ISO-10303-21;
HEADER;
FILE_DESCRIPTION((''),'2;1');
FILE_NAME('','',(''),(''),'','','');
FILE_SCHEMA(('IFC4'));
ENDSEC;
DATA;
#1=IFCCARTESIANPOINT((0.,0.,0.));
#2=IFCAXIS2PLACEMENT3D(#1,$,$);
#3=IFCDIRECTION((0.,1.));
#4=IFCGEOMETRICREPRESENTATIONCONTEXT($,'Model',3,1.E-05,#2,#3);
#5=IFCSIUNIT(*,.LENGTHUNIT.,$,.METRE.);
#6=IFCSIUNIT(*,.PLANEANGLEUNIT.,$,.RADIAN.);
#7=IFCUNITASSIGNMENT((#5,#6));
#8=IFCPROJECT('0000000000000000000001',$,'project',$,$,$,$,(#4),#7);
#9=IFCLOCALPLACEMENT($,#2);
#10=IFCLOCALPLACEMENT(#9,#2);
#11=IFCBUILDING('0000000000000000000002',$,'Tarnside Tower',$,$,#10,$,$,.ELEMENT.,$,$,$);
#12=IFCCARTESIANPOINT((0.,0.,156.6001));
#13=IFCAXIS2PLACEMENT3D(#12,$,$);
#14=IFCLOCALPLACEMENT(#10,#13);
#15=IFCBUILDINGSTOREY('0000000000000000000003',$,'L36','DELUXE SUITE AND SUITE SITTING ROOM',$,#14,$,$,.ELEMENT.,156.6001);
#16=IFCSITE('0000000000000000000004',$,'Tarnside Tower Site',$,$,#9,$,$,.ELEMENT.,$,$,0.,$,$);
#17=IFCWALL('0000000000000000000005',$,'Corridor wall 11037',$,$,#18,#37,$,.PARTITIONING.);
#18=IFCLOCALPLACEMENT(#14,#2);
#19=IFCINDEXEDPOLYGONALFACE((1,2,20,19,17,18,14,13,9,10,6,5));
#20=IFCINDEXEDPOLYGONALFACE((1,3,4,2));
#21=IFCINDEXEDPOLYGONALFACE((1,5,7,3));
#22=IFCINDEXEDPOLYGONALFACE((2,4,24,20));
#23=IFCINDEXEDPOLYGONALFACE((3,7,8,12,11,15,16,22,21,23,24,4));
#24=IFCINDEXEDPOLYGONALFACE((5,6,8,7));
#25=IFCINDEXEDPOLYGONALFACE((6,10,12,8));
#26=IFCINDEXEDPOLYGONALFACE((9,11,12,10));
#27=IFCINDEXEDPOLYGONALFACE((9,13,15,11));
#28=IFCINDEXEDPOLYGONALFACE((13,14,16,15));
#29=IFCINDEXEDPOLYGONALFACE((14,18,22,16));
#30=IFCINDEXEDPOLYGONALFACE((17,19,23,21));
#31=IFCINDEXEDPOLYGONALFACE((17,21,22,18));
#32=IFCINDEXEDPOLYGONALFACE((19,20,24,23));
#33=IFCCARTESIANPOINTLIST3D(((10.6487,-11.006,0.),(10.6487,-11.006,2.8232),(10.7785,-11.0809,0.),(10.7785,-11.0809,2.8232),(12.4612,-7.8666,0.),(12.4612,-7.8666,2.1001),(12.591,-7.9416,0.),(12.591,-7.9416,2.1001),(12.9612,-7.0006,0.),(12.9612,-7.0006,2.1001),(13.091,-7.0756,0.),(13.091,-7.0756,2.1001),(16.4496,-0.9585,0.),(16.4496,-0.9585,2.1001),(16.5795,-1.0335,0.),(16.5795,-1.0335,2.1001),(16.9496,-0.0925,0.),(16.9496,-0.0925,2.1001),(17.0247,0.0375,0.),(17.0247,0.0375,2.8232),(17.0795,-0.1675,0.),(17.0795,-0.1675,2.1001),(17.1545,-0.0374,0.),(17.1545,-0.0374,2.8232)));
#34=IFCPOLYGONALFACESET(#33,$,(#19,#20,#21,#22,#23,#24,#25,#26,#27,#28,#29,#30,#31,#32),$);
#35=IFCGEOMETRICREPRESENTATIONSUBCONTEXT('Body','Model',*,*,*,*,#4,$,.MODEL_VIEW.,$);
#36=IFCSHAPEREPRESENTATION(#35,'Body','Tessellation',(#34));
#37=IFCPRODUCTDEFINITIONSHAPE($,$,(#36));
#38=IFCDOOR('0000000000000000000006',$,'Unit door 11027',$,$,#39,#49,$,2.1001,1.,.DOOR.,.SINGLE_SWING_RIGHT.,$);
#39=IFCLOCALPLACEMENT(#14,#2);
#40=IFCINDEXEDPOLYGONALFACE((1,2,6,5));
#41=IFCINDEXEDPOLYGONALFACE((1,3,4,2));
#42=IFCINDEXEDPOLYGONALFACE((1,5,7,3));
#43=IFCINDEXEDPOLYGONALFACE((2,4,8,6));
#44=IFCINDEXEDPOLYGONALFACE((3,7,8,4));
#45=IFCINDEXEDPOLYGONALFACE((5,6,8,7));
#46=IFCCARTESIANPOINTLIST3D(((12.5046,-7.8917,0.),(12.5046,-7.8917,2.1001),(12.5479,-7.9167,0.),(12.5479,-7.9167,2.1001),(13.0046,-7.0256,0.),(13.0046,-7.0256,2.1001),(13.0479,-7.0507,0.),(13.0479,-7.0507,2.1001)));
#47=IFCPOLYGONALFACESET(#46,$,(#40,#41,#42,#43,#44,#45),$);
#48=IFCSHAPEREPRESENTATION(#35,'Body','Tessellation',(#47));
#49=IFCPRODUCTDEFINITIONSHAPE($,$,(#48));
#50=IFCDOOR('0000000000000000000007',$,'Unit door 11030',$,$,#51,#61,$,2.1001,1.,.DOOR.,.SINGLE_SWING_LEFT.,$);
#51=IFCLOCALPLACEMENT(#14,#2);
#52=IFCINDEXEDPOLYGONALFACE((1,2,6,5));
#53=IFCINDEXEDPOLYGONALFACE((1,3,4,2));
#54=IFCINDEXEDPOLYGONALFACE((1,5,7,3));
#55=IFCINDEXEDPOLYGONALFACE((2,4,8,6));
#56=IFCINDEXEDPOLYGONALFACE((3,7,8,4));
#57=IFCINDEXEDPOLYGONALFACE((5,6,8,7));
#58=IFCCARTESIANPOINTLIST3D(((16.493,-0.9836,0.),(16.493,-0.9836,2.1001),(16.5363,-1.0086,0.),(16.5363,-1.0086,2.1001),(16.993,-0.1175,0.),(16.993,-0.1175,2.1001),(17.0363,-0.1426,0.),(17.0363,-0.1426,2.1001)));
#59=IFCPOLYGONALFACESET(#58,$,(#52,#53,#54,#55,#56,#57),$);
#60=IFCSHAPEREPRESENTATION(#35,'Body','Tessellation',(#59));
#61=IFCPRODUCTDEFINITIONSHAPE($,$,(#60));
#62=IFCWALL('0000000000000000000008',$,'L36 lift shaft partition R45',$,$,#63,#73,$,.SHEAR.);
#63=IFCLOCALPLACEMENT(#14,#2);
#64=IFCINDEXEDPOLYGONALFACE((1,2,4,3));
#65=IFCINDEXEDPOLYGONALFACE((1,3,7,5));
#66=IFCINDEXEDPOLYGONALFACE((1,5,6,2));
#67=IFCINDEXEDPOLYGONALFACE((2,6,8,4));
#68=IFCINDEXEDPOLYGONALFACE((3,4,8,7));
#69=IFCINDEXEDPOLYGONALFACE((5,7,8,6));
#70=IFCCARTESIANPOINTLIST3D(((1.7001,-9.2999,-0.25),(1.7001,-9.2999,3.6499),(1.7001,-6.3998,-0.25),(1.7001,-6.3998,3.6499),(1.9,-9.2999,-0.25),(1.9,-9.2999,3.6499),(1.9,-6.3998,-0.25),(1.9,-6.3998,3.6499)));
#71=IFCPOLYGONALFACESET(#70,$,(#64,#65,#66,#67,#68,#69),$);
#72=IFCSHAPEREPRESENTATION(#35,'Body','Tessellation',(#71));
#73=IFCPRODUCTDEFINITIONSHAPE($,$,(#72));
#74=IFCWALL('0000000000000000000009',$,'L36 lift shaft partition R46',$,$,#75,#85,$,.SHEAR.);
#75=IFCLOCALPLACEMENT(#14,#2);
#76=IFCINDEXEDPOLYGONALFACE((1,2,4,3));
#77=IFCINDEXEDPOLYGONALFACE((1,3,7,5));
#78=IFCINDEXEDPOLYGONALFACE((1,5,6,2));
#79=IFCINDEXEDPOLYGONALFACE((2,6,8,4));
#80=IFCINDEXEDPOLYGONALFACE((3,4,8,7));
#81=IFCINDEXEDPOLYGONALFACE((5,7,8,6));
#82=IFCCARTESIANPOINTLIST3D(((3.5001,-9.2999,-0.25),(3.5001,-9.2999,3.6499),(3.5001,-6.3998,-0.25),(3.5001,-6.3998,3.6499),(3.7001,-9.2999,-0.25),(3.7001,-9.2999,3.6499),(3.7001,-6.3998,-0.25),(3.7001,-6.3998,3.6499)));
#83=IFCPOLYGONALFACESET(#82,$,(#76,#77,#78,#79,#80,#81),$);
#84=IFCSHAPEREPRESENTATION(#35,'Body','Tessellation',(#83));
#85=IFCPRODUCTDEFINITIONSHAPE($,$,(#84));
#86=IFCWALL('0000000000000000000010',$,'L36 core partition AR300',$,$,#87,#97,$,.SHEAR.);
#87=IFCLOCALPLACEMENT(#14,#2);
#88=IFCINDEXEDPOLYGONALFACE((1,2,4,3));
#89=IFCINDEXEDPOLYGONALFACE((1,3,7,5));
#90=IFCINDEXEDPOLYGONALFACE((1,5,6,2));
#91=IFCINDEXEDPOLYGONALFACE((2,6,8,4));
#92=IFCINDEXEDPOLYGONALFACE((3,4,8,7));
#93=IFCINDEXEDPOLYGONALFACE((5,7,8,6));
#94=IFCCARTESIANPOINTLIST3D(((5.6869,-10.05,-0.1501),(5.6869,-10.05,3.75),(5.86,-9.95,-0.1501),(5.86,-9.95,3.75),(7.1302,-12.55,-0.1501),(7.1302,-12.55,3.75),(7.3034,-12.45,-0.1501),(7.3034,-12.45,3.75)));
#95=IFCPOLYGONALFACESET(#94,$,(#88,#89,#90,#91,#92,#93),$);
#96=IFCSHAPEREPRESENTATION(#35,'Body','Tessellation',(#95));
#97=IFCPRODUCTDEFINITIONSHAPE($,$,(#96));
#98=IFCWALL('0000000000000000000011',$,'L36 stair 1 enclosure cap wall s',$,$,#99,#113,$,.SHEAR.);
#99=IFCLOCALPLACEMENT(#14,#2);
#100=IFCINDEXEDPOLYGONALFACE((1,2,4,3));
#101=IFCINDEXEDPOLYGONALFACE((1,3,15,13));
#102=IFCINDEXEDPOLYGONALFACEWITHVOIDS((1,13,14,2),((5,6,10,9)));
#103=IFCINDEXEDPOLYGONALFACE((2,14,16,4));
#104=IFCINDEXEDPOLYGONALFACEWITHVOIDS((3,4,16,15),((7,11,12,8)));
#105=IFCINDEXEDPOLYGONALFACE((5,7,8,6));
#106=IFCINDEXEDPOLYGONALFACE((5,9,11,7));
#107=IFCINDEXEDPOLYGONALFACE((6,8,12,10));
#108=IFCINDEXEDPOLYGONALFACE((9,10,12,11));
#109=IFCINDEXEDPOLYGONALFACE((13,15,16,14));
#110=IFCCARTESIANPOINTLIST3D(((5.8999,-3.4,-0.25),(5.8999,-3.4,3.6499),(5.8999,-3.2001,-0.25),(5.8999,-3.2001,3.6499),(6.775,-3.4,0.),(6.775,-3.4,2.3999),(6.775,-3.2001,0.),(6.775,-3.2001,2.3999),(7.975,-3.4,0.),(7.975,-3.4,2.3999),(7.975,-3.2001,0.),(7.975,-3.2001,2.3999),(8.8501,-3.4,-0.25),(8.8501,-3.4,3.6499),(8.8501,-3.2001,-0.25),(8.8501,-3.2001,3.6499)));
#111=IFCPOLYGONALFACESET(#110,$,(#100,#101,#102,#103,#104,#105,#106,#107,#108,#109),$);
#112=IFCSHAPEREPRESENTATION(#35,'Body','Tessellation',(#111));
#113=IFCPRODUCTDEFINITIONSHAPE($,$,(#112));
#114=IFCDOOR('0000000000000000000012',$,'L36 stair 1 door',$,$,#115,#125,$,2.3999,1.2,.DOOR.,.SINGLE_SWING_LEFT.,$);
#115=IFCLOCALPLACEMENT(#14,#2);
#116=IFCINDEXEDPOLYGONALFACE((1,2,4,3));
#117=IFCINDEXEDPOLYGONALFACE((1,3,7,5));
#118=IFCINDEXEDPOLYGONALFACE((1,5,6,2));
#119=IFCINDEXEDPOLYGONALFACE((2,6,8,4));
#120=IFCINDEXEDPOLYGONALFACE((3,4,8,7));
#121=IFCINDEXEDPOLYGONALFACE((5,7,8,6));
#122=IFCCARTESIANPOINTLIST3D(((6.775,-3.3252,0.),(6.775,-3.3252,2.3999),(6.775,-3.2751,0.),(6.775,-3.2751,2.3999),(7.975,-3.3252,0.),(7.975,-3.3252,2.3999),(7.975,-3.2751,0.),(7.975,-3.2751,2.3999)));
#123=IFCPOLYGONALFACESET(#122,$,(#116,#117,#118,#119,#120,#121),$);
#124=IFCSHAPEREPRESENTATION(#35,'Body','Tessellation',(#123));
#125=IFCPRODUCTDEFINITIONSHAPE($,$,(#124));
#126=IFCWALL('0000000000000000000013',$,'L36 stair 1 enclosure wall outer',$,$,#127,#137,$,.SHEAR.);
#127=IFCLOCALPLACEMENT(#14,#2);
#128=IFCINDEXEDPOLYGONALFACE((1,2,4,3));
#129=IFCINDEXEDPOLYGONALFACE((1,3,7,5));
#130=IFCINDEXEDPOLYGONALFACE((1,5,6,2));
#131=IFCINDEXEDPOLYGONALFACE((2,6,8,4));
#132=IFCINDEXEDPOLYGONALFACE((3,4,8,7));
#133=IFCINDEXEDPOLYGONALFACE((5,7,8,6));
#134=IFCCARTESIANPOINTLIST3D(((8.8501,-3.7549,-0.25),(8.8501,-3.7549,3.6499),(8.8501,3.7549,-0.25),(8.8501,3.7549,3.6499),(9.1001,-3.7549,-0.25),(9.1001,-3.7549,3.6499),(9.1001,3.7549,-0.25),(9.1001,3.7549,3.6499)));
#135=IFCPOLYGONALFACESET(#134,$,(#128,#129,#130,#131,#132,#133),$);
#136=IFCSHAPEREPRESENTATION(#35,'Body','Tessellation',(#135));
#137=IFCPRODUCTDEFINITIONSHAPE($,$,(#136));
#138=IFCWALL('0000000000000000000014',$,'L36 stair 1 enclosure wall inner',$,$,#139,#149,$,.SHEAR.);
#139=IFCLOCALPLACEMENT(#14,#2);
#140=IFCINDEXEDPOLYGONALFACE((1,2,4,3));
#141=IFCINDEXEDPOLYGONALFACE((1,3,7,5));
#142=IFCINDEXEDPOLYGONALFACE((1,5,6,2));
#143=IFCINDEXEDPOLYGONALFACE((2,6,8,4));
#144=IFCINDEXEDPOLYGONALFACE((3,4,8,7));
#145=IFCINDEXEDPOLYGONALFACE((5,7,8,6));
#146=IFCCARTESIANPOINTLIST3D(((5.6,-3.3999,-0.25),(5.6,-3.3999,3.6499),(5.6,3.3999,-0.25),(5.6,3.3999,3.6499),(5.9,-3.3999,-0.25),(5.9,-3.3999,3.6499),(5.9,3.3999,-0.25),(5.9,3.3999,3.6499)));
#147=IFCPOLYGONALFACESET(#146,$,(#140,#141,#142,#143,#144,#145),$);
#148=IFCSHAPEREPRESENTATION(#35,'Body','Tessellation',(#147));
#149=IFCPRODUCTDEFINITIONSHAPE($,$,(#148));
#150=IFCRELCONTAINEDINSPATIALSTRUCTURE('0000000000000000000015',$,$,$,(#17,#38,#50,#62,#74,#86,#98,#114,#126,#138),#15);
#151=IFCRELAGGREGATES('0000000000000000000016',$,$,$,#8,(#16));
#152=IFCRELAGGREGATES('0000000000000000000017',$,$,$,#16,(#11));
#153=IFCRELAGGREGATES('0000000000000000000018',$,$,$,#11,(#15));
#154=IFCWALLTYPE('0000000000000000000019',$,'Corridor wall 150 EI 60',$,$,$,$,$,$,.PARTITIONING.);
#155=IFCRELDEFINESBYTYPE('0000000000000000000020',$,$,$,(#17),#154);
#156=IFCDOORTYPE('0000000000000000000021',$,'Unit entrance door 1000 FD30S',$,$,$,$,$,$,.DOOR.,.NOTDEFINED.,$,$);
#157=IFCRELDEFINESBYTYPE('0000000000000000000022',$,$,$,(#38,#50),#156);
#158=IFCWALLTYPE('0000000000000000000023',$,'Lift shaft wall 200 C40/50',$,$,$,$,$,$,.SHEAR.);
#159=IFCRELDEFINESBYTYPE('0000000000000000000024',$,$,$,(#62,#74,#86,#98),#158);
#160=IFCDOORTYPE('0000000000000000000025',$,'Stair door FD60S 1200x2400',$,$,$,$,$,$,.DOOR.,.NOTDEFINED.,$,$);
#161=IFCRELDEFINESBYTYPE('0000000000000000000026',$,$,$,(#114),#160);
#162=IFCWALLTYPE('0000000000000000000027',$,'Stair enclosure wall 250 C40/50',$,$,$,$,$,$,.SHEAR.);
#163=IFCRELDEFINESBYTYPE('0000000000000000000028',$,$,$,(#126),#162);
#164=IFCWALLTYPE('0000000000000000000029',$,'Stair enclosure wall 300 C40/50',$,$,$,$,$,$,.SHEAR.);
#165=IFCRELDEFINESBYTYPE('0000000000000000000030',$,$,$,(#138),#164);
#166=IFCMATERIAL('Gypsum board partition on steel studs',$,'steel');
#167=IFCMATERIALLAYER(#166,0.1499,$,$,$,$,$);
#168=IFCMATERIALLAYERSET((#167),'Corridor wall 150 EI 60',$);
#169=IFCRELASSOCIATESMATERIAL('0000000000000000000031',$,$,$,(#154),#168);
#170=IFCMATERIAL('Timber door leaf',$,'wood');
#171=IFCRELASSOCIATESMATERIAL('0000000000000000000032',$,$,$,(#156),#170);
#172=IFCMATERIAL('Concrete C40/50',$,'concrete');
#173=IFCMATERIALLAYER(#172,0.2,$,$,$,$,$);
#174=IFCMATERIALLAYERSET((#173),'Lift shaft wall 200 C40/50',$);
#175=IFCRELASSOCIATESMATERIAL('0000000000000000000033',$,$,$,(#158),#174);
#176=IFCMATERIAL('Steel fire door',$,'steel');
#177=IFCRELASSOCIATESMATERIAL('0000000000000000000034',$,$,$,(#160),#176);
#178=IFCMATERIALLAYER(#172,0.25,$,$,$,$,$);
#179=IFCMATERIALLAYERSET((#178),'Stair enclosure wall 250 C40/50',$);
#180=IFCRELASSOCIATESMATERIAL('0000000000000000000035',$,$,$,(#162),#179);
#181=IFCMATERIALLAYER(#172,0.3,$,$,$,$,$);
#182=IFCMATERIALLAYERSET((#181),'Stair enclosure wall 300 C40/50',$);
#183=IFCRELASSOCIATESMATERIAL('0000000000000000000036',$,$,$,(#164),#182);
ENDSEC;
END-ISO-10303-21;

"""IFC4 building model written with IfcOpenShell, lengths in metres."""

from ifc_helpers import new_model, si_unit, direction, frame, frame_2d, origin, place, context, subcontext, project, spatial, rectangle, extrude, material, layer, layer_set, type_object, element, fill, save


model = new_model("IFC4")

# Units and contexts
model_context = context("Model", 3, precision=1e-05, world=origin(), true_north=direction((0.0, 1.0)))
body_context = subcontext(model_context, "Body", "Model", "MODEL_VIEW")
ifc_project = project(units=[si_unit("LENGTHUNIT", "METRE"), si_unit("PLANEANGLEUNIT", "RADIAN")], contexts=[model_context])

# Site, building, storey
site_placement = place(None, origin())
site = spatial("IfcSite", under=ifc_project, at=site_placement, Name="Tarnside Tower Site", CompositionType="ELEMENT", RefElevation=0.0)
building_placement = place(site_placement, origin())
building = spatial("IfcBuilding", under=site, at=building_placement, Name="Tarnside Tower", CompositionType="ELEMENT")
storey_placement = place(building_placement, frame((0.0, 0.0, 156.6001)))
storey = spatial("IfcBuildingStorey", under=building, at=storey_placement, Name="L36", Description="DELUXE SUITE AND SUITE SITTING ROOM", CompositionType="ELEMENT", Elevation=156.6001)

# Shared definitions
ifc_material_1 = material(Name="Steel fire door", Category="steel")
ifc_material_2 = material(Name="Concrete C40/50", Category="concrete")

# Shared definitions
ifc_material_3 = material(Name="Gypsum board partition on steel studs", Category="steel")
ifc_layer_1 = layer(ifc_material_3, 0.1499)
ifc_layer_set_1 = layer_set([ifc_layer_1], Name="Corridor wall 150 EI 60")
wall_type_1 = type_object("IfcWallType", Name="Corridor wall 150 EI 60", PredefinedType="PARTITIONING", material=ifc_layer_set_1)

# Wall, openings, doors
wall_1_placement = place(storey_placement, frame((10.7136, -11.0435, 0.0), z_axis=(0.0, 0.0, 1.0), x_axis=(0.500002, 0.866024, 0.0)))
wall_1 = element("IfcWall", 1, at=wall_1_placement, inside=storey, type_object=wall_type_1, Name="Corridor wall 11037", PredefinedType="PARTITIONING", context=body_context, shape_type="SweptSolid", body=[
    extrude(rectangle(XDim=12.752, YDim=0.1499, at=frame_2d((6.376, 0.0))), origin(), (0.0, 0.0, 1.0), 2.8232),
])
opening_1_placement = place(wall_1_placement, frame((3.625, 0.0, 0.0)))
opening_1 = element("IfcOpeningElement", 2, at=opening_1_placement, cuts=wall_1, PredefinedType="OPENING", context=body_context, shape_type="SweptSolid", body=[
    extrude(rectangle(XDim=1.0, YDim=2.1001, at=frame_2d((0.5, 1.05))), frame((0.0, 0.085, 0.0), z_axis=(0.0, -1.0, 0.0), x_axis=(1.0, 0.0, 0.0)), (0.0, 0.0, 1.0), 0.1699),
])
opening_2_placement = place(wall_1_placement, frame((11.6018, 0.0, 0.0)))
opening_2 = element("IfcOpeningElement", 3, at=opening_2_placement, cuts=wall_1, PredefinedType="OPENING", context=body_context, shape_type="SweptSolid", body=[
    extrude(rectangle(XDim=1.0, YDim=2.1001, at=frame_2d((0.5, 1.05))), frame((0.0, 0.085, 0.0), z_axis=(0.0, -1.0, 0.0), x_axis=(1.0, 0.0, 0.0)), (0.0, 0.0, 1.0), 0.1699),
])
ifc_material_4 = material(Name="Timber door leaf", Category="wood")
door_type_1 = type_object("IfcDoorType", Name="Unit entrance door 1000 FD30S", OperationType="NOTDEFINED", PredefinedType="DOOR", material=ifc_material_4)
door_1_placement = place(opening_1_placement, origin())
door_1 = element("IfcDoor", 4, at=door_1_placement, inside=storey, type_object=door_type_1, Name="Unit door 11027", OperationType="SINGLE_SWING_RIGHT", OverallHeight=2.1001, OverallWidth=1.0, PredefinedType="DOOR", context=body_context, shape_type="SweptSolid", body=[
    extrude(rectangle(XDim=1.0, YDim=2.1001, at=frame_2d((0.5, 1.05))), frame((0.0, 0.0249, 0.0), z_axis=(0.0, -1.0, 0.0), x_axis=(1.0, 0.0, 0.0)), (0.0, 0.0, 1.0), 0.05),
])
fill(opening_1, door_1)
door_2_placement = place(opening_2_placement, origin())
door_2 = element("IfcDoor", 5, at=door_2_placement, inside=storey, type_object=door_type_1, Name="Unit door 11030", OperationType="SINGLE_SWING_LEFT", OverallHeight=2.1001, OverallWidth=1.0, PredefinedType="DOOR", context=body_context, shape_type="SweptSolid", body=[
    extrude(rectangle(XDim=1.0, YDim=2.1001, at=frame_2d((0.5, 1.05))), frame((0.0, 0.0249, 0.0), z_axis=(0.0, -1.0, 0.0), x_axis=(1.0, 0.0, 0.0)), (0.0, 0.0, 1.0), 0.05),
])
fill(opening_2, door_2)

# Walls
ifc_layer_2 = layer(ifc_material_2, 0.2)
ifc_layer_set_2 = layer_set([ifc_layer_2], Name="Lift shaft wall 200 C40/50")
wall_type_2 = type_object("IfcWallType", Name="Lift shaft wall 200 C40/50", PredefinedType="SHEAR", material=ifc_layer_set_2)
for number, where, z_axis, x_axis, name in (
    (6, (1.8, -9.3, -0.25), (0.0, 0.0, 1.0), (0.0, 1.0, 0.0), "L36 lift shaft partition R45"),
    (7, (3.6001, -9.3, -0.25), (0.0, 0.0, 1.0), (0.0, 1.0, 0.0), "L36 lift shaft partition R46"),
):
    element("IfcWall", number, at=place(storey_placement, frame(where, z_axis=z_axis, x_axis=x_axis)), inside=storey, type_object=wall_type_2, Name=name, PredefinedType="SHEAR", context=body_context, shape_type="SweptSolid", body=[
        extrude(rectangle(XDim=2.9001, YDim=0.2, at=frame_2d((1.4502, 0.0))), origin(), (0.0, 0.0, 1.0), 3.8999),
    ])
wall_2_placement = place(storey_placement, frame((5.7734, -10.0, -0.1501), z_axis=(0.0, 0.0, 1.0), x_axis=(0.499996, -0.866028, 0.0)))
element("IfcWall", 8, at=wall_2_placement, inside=storey, type_object=wall_type_2, Name="L36 core partition AR300", PredefinedType="SHEAR", context=body_context, shape_type="SweptSolid", body=[
    extrude(rectangle(XDim=2.8867, YDim=0.2, at=frame_2d((1.4434, 0.0))), origin(), (0.0, 0.0, 1.0), 3.9001),
])

# Wall, opening, door
wall_3_placement = place(storey_placement, frame((5.8999, -3.3, -0.25), z_axis=(0.0, 0.0, 1.0), x_axis=(1.0, 0.0, 0.0)))
wall_3 = element("IfcWall", 9, at=wall_3_placement, inside=storey, type_object=wall_type_2, Name="L36 stair 1 enclosure cap wall s", PredefinedType="SHEAR", context=body_context, shape_type="SweptSolid", body=[
    extrude(rectangle(XDim=2.9502, YDim=0.2, at=frame_2d((1.4751, 0.0))), origin(), (0.0, 0.0, 1.0), 3.8999),
])
opening_3_placement = place(wall_3_placement, frame((0.875, 0.0, 0.25)))
opening_3 = element("IfcOpeningElement", 10, at=opening_3_placement, cuts=wall_3, PredefinedType="OPENING", context=body_context, shape_type="SweptSolid", body=[
    extrude(rectangle(XDim=1.2, YDim=2.3999, at=frame_2d((0.6001, 1.2))), frame((0.0, 0.1099, 0.0), z_axis=(0.0, -1.0, 0.0), x_axis=(1.0, 0.0, 0.0)), (0.0, 0.0, 1.0), 0.22),
])
door_type_2 = type_object("IfcDoorType", Name="Stair door FD60S 1200x2400", OperationType="NOTDEFINED", PredefinedType="DOOR", material=ifc_material_1)
door_3_placement = place(opening_3_placement, origin())
door_3 = element("IfcDoor", 11, at=door_3_placement, inside=storey, type_object=door_type_2, Name="L36 stair 1 door", OperationType="SINGLE_SWING_LEFT", OverallHeight=2.3999, OverallWidth=1.2, PredefinedType="DOOR", context=body_context, shape_type="SweptSolid", body=[
    extrude(rectangle(XDim=1.2, YDim=2.3999, at=frame_2d((0.6001, 1.2))), frame((0.0, 0.0249, 0.0), z_axis=(0.0, -1.0, 0.0), x_axis=(1.0, 0.0, 0.0)), (0.0, 0.0, 1.0), 0.05),
])
fill(opening_3, door_3)

# Walls
ifc_layer_3 = layer(ifc_material_2, 0.25)
ifc_layer_set_3 = layer_set([ifc_layer_3], Name="Stair enclosure wall 250 C40/50")
wall_type_3 = type_object("IfcWallType", Name="Stair enclosure wall 250 C40/50", PredefinedType="SHEAR", material=ifc_layer_set_3)
wall_4_placement = place(storey_placement, frame((8.9751, -3.7549, -0.25), z_axis=(0.0, 0.0, 1.0), x_axis=(0.0, 1.0, 0.0)))
element("IfcWall", 12, at=wall_4_placement, inside=storey, type_object=wall_type_3, Name="L36 stair 1 enclosure wall outer", PredefinedType="SHEAR", context=body_context, shape_type="SweptSolid", body=[
    extrude(rectangle(XDim=7.5098, YDim=0.25, at=frame_2d((3.7549, 0.0))), origin(), (0.0, 0.0, 1.0), 3.8999),
])
ifc_layer_4 = layer(ifc_material_2, 0.3)
ifc_layer_set_4 = layer_set([ifc_layer_4], Name="Stair enclosure wall 300 C40/50")
wall_type_4 = type_object("IfcWallType", Name="Stair enclosure wall 300 C40/50", PredefinedType="SHEAR", material=ifc_layer_set_4)
wall_5_placement = place(storey_placement, frame((5.75, -3.3999, -0.25), z_axis=(0.0, 0.0, 1.0), x_axis=(0.0, 1.0, 0.0)))
element("IfcWall", 13, at=wall_5_placement, inside=storey, type_object=wall_type_4, Name="L36 stair 1 enclosure wall inner", PredefinedType="SHEAR", context=body_context, shape_type="SweptSolid", body=[
    extrude(rectangle(XDim=6.7998, YDim=0.3, at=frame_2d((3.3999, 0.0))), origin(), (0.0, 0.0, 1.0), 3.8999),
])

save(model, "model.ifc")
